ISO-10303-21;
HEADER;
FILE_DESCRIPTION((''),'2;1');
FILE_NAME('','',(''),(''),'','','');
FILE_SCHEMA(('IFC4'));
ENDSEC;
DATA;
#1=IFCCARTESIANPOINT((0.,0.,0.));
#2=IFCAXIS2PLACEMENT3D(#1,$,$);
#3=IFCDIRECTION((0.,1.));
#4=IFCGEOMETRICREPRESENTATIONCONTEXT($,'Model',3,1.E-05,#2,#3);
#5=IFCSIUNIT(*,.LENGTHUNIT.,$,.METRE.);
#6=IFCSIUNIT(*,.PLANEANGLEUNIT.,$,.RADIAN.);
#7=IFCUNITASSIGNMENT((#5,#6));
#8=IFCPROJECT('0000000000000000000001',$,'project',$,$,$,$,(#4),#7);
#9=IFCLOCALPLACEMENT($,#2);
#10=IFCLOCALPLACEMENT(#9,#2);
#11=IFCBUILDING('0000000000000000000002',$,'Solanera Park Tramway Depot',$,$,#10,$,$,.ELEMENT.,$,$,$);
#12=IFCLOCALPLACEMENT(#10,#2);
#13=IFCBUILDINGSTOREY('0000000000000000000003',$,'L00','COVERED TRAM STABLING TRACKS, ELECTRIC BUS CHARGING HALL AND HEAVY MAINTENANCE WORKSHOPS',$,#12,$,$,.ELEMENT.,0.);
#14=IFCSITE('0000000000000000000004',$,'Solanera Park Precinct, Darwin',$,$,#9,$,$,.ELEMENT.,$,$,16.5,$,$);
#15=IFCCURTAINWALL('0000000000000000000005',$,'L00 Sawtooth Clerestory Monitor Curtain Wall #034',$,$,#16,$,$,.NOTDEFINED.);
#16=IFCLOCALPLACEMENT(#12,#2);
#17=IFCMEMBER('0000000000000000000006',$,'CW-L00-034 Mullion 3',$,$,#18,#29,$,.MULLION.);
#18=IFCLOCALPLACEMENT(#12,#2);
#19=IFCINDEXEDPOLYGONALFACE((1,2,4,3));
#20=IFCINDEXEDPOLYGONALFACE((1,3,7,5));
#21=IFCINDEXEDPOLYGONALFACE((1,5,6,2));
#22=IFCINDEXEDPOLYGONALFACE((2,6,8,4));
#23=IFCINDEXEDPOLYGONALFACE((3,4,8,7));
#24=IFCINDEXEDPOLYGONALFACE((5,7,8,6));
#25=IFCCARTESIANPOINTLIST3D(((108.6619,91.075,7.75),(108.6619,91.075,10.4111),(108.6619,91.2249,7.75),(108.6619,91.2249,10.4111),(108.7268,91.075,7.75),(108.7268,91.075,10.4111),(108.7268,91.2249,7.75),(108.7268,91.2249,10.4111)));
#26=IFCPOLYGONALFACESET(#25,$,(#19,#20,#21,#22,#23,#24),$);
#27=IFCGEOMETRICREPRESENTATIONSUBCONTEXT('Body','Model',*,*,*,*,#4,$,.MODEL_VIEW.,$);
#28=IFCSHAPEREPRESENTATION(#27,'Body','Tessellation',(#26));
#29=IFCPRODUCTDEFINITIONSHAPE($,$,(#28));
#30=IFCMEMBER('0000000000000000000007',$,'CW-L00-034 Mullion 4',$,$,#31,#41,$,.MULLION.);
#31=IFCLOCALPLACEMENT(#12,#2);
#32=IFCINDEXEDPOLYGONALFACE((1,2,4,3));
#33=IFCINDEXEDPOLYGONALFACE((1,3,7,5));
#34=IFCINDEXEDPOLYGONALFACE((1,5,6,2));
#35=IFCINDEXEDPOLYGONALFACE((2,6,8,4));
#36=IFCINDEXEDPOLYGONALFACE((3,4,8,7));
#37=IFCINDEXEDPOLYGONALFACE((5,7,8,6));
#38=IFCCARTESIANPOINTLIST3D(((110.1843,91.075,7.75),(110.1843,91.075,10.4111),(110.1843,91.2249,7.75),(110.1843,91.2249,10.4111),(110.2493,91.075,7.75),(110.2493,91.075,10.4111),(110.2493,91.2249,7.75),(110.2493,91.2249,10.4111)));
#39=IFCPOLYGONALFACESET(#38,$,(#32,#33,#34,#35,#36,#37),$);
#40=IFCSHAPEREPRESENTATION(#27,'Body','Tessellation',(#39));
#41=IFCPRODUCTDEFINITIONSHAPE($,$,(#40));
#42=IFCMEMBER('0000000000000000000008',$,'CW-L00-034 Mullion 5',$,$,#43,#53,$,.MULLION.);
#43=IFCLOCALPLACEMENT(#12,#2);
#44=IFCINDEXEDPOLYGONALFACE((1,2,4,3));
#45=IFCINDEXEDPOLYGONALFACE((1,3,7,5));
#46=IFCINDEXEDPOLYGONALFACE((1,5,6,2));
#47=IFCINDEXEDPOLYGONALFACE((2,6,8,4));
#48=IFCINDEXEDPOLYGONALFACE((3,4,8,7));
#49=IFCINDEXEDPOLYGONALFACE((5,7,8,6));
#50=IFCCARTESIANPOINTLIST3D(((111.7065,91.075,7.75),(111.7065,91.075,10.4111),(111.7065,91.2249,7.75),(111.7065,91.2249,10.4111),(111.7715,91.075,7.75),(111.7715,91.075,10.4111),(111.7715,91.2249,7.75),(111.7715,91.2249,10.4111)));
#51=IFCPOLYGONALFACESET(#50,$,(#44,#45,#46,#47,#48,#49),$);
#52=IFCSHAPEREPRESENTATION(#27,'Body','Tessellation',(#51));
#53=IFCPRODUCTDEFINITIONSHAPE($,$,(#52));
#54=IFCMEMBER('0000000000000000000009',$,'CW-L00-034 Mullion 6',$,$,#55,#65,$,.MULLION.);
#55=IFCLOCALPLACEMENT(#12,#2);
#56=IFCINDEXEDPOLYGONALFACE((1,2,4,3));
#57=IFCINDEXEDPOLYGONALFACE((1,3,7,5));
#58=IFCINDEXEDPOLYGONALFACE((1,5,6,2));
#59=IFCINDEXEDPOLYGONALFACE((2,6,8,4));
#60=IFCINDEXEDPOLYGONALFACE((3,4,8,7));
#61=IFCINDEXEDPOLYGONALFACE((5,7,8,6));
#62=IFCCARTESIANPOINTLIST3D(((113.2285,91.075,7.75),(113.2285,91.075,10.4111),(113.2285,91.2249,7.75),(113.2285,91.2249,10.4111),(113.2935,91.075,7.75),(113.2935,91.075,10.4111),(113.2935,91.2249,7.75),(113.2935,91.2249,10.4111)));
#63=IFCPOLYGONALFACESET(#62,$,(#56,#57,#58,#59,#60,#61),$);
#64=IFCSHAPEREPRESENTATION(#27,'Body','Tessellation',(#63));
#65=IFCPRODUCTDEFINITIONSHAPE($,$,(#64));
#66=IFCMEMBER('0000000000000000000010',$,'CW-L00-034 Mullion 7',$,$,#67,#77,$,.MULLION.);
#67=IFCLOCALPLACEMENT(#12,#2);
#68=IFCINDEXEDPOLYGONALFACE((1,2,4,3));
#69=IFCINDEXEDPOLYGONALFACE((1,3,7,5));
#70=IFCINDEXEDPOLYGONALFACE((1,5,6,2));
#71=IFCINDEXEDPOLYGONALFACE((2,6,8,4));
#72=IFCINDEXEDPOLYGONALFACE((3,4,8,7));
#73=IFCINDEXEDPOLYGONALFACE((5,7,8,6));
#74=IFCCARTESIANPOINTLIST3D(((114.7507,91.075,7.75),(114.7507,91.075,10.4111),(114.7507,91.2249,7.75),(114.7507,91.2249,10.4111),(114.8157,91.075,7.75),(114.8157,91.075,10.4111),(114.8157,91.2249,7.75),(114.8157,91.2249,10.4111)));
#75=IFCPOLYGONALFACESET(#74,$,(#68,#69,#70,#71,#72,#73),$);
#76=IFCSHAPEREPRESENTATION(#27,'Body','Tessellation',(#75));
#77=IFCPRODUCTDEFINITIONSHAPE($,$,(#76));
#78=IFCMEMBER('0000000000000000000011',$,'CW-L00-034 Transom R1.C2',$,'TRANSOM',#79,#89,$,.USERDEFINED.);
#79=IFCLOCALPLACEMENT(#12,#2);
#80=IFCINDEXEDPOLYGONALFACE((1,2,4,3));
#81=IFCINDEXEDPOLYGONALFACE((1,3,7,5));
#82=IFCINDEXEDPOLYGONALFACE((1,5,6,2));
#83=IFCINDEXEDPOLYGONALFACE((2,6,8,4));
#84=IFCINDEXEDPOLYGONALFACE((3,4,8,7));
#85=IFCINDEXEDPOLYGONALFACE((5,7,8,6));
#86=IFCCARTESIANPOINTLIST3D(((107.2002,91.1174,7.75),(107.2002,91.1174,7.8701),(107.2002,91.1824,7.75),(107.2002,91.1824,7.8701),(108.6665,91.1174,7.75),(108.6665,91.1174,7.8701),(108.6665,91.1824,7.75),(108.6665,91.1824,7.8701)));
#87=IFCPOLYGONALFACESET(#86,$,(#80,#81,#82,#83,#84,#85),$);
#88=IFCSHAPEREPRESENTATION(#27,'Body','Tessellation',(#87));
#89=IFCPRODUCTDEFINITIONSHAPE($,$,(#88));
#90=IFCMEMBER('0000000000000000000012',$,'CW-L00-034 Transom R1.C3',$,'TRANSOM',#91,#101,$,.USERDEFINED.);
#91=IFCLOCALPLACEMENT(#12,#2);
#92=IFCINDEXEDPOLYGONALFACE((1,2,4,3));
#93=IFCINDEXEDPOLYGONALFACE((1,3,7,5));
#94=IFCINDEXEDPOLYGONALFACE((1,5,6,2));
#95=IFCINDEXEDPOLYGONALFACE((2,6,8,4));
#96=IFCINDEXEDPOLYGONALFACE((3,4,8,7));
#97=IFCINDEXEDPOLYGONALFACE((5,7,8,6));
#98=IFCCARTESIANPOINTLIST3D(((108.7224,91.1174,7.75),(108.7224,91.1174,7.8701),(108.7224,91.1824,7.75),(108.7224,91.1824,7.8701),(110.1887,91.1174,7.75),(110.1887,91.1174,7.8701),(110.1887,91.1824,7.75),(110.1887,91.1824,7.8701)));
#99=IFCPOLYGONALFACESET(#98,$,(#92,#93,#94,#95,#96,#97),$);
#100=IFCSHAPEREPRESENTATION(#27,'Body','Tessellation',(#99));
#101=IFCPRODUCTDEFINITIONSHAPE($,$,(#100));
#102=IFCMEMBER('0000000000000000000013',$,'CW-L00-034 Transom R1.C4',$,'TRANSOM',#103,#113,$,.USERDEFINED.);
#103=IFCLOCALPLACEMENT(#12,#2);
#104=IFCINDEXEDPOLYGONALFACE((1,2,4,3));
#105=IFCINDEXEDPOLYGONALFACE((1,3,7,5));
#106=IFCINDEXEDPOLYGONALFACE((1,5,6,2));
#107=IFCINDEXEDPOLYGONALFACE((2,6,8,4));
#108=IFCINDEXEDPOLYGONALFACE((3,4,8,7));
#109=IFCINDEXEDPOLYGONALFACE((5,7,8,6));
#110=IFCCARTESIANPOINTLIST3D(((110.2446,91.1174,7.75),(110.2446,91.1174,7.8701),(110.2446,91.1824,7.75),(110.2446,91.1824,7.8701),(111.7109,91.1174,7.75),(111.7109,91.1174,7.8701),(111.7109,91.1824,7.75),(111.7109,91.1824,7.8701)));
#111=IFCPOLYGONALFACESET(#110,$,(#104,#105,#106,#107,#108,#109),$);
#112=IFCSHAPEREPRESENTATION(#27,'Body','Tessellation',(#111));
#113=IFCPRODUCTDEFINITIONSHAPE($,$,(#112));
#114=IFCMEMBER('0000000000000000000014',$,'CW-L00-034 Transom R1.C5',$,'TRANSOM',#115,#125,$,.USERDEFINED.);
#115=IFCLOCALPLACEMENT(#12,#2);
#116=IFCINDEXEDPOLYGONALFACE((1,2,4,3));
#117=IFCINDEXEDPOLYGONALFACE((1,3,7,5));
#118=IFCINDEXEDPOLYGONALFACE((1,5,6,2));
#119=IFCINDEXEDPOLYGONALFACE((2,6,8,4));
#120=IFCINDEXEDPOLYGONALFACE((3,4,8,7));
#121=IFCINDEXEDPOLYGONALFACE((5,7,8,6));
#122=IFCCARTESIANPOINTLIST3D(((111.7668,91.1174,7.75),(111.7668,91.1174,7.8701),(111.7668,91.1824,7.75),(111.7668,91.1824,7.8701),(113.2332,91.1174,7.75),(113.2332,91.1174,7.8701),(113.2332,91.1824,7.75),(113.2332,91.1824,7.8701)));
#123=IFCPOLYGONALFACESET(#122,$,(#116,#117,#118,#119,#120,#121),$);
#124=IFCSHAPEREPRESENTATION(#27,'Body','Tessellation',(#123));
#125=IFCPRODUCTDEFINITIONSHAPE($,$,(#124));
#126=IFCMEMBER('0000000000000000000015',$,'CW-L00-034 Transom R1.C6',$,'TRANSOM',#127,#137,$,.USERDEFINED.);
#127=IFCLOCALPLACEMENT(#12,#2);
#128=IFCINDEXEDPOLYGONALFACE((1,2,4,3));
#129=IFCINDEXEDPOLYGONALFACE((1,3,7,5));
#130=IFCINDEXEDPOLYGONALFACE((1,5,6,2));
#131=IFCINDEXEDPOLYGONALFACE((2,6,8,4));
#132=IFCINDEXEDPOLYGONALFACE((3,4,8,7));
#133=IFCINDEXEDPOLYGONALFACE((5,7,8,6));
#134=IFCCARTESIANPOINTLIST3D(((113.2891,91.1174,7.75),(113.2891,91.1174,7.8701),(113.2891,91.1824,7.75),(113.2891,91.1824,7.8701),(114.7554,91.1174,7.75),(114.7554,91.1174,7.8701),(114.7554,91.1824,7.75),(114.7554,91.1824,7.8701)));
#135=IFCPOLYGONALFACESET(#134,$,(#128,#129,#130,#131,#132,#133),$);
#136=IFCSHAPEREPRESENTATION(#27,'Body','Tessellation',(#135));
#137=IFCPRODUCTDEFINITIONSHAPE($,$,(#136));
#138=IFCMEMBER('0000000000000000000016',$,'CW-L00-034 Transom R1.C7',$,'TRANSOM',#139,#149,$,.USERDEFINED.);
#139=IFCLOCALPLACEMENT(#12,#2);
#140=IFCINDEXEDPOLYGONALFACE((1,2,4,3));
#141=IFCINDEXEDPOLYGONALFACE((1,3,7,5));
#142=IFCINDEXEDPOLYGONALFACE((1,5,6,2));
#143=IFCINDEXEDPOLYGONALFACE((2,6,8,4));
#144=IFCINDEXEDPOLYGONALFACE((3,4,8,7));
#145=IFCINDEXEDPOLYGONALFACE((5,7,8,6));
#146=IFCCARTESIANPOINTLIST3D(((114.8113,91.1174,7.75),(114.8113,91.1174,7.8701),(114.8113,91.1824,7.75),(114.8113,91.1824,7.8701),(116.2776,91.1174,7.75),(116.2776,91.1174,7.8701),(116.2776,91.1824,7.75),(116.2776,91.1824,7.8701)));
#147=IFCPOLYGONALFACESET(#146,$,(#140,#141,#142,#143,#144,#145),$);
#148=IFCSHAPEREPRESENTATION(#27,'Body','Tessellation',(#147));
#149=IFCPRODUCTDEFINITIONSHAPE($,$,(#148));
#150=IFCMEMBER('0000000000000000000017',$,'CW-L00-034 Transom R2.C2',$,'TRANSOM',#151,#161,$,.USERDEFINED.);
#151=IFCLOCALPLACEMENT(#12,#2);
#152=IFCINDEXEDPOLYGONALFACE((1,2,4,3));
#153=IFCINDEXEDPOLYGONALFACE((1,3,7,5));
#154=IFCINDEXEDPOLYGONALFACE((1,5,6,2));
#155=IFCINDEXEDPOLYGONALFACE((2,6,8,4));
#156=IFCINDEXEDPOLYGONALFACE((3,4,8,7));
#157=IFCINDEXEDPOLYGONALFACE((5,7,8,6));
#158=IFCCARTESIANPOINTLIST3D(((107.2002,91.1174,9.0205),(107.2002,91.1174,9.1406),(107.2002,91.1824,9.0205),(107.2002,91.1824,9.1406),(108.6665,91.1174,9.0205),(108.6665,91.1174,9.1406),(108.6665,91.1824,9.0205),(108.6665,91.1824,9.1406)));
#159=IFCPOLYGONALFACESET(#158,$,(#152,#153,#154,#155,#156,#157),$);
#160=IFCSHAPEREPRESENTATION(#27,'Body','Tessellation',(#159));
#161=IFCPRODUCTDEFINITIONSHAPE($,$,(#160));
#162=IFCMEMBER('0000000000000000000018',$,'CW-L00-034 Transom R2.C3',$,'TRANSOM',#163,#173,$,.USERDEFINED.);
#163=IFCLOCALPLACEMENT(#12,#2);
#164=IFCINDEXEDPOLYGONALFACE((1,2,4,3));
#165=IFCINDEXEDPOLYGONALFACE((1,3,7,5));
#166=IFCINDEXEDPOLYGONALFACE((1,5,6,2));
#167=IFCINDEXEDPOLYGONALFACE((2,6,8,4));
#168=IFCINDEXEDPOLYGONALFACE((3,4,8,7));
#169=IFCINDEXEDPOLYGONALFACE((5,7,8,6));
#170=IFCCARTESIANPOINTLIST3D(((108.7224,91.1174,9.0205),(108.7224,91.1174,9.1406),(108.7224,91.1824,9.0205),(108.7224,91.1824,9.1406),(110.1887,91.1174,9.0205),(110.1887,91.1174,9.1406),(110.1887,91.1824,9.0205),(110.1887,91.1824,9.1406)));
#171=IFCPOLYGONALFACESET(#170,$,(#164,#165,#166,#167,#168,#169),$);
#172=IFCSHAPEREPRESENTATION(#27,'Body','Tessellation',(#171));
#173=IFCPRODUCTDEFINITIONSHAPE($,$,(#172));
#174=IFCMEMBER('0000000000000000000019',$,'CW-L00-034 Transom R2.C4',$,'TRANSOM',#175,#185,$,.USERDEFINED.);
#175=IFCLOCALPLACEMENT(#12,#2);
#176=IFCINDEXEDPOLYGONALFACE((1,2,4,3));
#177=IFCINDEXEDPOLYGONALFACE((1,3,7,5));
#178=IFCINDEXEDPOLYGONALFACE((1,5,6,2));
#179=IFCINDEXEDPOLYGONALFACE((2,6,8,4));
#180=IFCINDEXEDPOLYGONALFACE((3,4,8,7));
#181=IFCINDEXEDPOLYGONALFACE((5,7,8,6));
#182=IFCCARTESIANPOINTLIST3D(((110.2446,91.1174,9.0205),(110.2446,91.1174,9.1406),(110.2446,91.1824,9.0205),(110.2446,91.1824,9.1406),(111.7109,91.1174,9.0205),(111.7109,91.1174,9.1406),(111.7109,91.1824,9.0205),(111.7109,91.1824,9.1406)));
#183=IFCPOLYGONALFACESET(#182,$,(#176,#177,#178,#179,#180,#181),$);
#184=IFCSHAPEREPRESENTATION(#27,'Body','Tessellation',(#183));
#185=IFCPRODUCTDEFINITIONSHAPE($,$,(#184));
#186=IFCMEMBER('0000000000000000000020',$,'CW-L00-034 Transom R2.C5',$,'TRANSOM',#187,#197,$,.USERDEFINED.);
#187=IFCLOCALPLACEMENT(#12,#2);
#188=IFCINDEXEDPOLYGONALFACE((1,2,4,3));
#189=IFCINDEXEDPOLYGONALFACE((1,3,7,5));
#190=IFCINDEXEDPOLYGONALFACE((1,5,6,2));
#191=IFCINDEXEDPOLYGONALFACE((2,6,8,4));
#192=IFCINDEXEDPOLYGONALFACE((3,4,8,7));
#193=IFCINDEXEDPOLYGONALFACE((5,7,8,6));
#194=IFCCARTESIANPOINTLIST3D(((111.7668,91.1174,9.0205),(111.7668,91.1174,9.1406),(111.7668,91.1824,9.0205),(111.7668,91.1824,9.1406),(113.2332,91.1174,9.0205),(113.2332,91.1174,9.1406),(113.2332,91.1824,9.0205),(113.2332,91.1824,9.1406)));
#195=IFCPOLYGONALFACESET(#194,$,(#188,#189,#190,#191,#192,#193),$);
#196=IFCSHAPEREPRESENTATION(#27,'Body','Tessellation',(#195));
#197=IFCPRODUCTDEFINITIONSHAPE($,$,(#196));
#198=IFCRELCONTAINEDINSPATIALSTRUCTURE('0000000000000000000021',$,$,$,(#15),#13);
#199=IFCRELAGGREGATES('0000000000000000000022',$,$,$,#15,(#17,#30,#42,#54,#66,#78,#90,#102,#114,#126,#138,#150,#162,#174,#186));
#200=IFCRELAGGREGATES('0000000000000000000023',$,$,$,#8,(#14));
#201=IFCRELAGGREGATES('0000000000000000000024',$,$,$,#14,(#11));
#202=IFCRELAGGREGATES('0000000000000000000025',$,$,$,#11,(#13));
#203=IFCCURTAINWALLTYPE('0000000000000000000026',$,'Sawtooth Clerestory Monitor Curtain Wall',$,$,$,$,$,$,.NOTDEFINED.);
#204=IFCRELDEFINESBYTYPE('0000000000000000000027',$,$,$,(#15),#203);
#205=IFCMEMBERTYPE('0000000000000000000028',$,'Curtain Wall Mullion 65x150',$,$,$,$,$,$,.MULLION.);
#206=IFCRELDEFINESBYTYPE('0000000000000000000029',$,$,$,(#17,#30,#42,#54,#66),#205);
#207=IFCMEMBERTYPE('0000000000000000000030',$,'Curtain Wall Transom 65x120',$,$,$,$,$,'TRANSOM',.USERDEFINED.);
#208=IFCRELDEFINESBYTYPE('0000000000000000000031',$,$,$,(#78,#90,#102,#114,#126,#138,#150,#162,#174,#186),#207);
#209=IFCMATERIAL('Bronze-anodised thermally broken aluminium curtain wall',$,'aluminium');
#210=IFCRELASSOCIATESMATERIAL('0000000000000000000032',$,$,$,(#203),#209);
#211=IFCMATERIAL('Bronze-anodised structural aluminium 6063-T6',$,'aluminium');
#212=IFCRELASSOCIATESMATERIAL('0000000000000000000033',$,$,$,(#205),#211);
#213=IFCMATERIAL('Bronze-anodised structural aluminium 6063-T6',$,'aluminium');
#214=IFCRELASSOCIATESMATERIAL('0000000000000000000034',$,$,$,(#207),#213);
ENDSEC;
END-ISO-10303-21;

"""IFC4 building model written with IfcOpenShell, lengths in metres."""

from ifc_helpers import new_model, si_unit, direction, frame, origin, origin_2d, place, context, subcontext, project, spatial, rectangle, extrude, material, material_profile, profile_set, type_object, element, aggregate, save


model = new_model("IFC4")

# Units and contexts
model_context = context("Model", 3, precision=1e-05, world=origin(), true_north=direction((0.0, 1.0)))
body_context = subcontext(model_context, "Body", "Model", "MODEL_VIEW")
ifc_project = project(units=[si_unit("LENGTHUNIT", "METRE"), si_unit("PLANEANGLEUNIT", "RADIAN")], contexts=[model_context])

# Site, building, storey
site_placement = place(None, origin())
site = spatial("IfcSite", under=ifc_project, at=site_placement, Name="Solanera Park Precinct, Darwin", CompositionType="ELEMENT", RefElevation=16.5)
building_placement = place(site_placement, origin())
building = spatial("IfcBuilding", under=site, at=building_placement, Name="Solanera Park Tramway Depot", CompositionType="ELEMENT")
storey_placement = place(building_placement, origin())
storey = spatial("IfcBuildingStorey", under=building, at=storey_placement, Name="L00", Description="COVERED TRAM STABLING TRACKS, ELECTRIC BUS CHARGING HALL AND HEAVY MAINTENANCE WORKSHOPS", CompositionType="ELEMENT", Elevation=0.0)

# Curtain wall, members
ifc_material_1 = material(Name="Bronze-anodised thermally broken aluminium curtain wall", Category="aluminium")
curtain_wall_type = type_object("IfcCurtainWallType", Name="Sawtooth Clerestory Monitor Curtain Wall", PredefinedType="NOTDEFINED", material=ifc_material_1)
curtain_wall_placement = place(storey_placement, origin())
curtain_wall = element("IfcCurtainWall", 1, at=curtain_wall_placement, inside=storey, type_object=curtain_wall_type, Name="L00 Sawtooth Clerestory Monitor Curtain Wall #034", PredefinedType="NOTDEFINED")
ifc_material_2 = material(Name="Bronze-anodised structural aluminium 6063-T6", Category="aluminium")
ifc_material_profile_1 = material_profile(ifc_material_2, rectangle(XDim=0.0649, YDim=0.1499, at=origin_2d()), Name="Curtain Wall Mullion 65x150")
ifc_profile_set_1 = profile_set([ifc_material_profile_1], Name="Bronze-anodised structural aluminium 6063-T6")
member_type_1 = type_object("IfcMemberType", Name="Curtain Wall Mullion 65x150", PredefinedType="MULLION", material=ifc_profile_set_1)
member_1_placement = place(storey_placement, frame((108.6943, 91.1499, 7.75), z_axis=(0.0, 0.0, 1.0), x_axis=(1.0, 0.0, 0.0)))
member_1 = element("IfcMember", 2, at=member_1_placement, type_object=member_type_1, Name="CW-L00-034 Mullion 3", PredefinedType="MULLION", context=body_context, shape_type="SweptSolid", body=[
    extrude(rectangle(XDim=0.0649, YDim=0.1499, at=origin_2d()), origin(), (0.0, 0.0, 1.0), 2.6611),
])
member_2_placement = place(storey_placement, frame((110.2168, 91.1499, 7.75), z_axis=(0.0, 0.0, 1.0), x_axis=(1.0, 0.0, 0.0)))
member_2 = element("IfcMember", 3, at=member_2_placement, type_object=member_type_1, Name="CW-L00-034 Mullion 4", PredefinedType="MULLION", context=body_context, shape_type="SweptSolid", body=[
    extrude(rectangle(XDim=0.0649, YDim=0.1499, at=origin_2d()), origin(), (0.0, 0.0, 1.0), 2.6611),
])
member_3_placement = place(storey_placement, frame((111.739, 91.1499, 7.75), z_axis=(0.0, 0.0, 1.0), x_axis=(1.0, 0.0, 0.0)))
member_3 = element("IfcMember", 4, at=member_3_placement, type_object=member_type_1, Name="CW-L00-034 Mullion 5", PredefinedType="MULLION", context=body_context, shape_type="SweptSolid", body=[
    extrude(rectangle(XDim=0.0649, YDim=0.1499, at=origin_2d()), origin(), (0.0, 0.0, 1.0), 2.6611),
])
member_4_placement = place(storey_placement, frame((113.261, 91.1499, 7.75), z_axis=(0.0, 0.0, 1.0), x_axis=(1.0, 0.0, 0.0)))
member_4 = element("IfcMember", 5, at=member_4_placement, type_object=member_type_1, Name="CW-L00-034 Mullion 6", PredefinedType="MULLION", context=body_context, shape_type="SweptSolid", body=[
    extrude(rectangle(XDim=0.0649, YDim=0.1499, at=origin_2d()), origin(), (0.0, 0.0, 1.0), 2.6611),
])
member_5_placement = place(storey_placement, frame((114.7832, 91.1499, 7.75), z_axis=(0.0, 0.0, 1.0), x_axis=(1.0, 0.0, 0.0)))
member_5 = element("IfcMember", 6, at=member_5_placement, type_object=member_type_1, Name="CW-L00-034 Mullion 7", PredefinedType="MULLION", context=body_context, shape_type="SweptSolid", body=[
    extrude(rectangle(XDim=0.0649, YDim=0.1499, at=origin_2d()), origin(), (0.0, 0.0, 1.0), 2.6611),
])
ifc_material_3 = material(Name="Bronze-anodised structural aluminium 6063-T6", Category="aluminium")
ifc_material_profile_2 = material_profile(ifc_material_3, rectangle(XDim=0.0649, YDim=0.1201, at=origin_2d()), Name="Curtain Wall Transom 65x120")
ifc_profile_set_2 = profile_set([ifc_material_profile_2], Name="Bronze-anodised structural aluminium 6063-T6")
member_type_2 = type_object("IfcMemberType", Name="Curtain Wall Transom 65x120", ElementType="TRANSOM", PredefinedType="USERDEFINED", material=ifc_profile_set_2)
member_6_placement = place(storey_placement, frame((107.2002, 91.1499, 7.8101), z_axis=(1.0, 0.0, 0.0), x_axis=(0.0, 1.0, 0.0)))
member_6 = element("IfcMember", 7, at=member_6_placement, type_object=member_type_2, Name="CW-L00-034 Transom R1.C2", ObjectType="TRANSOM", PredefinedType="USERDEFINED", context=body_context, shape_type="SweptSolid", body=[
    extrude(rectangle(XDim=0.0649, YDim=0.1201, at=origin_2d()), origin(), (0.0, 0.0, 1.0), 1.4663),
])
member_7_placement = place(storey_placement, frame((108.7224, 91.1499, 7.8101), z_axis=(1.0, 0.0, 0.0), x_axis=(0.0, 1.0, 0.0)))
member_7 = element("IfcMember", 8, at=member_7_placement, type_object=member_type_2, Name="CW-L00-034 Transom R1.C3", ObjectType="TRANSOM", PredefinedType="USERDEFINED", context=body_context, shape_type="SweptSolid", body=[
    extrude(rectangle(XDim=0.0649, YDim=0.1201, at=origin_2d()), origin(), (0.0, 0.0, 1.0), 1.4663),
])
member_8_placement = place(storey_placement, frame((110.2446, 91.1499, 7.8101), z_axis=(1.0, 0.0, 0.0), x_axis=(0.0, 1.0, 0.0)))
member_8 = element("IfcMember", 9, at=member_8_placement, type_object=member_type_2, Name="CW-L00-034 Transom R1.C4", ObjectType="TRANSOM", PredefinedType="USERDEFINED", context=body_context, shape_type="SweptSolid", body=[
    extrude(rectangle(XDim=0.0649, YDim=0.1201, at=origin_2d()), origin(), (0.0, 0.0, 1.0), 1.4663),
])
member_9_placement = place(storey_placement, frame((111.7668, 91.1499, 7.8101), z_axis=(1.0, 0.0, 0.0), x_axis=(0.0, 1.0, 0.0)))
member_9 = element("IfcMember", 10, at=member_9_placement, type_object=member_type_2, Name="CW-L00-034 Transom R1.C5", ObjectType="TRANSOM", PredefinedType="USERDEFINED", context=body_context, shape_type="SweptSolid", body=[
    extrude(rectangle(XDim=0.0649, YDim=0.1201, at=origin_2d()), origin(), (0.0, 0.0, 1.0), 1.4663),
])
member_10_placement = place(storey_placement, frame((113.2891, 91.1499, 7.8101), z_axis=(1.0, 0.0, 0.0), x_axis=(0.0, 1.0, 0.0)))
member_10 = element("IfcMember", 11, at=member_10_placement, type_object=member_type_2, Name="CW-L00-034 Transom R1.C6", ObjectType="TRANSOM", PredefinedType="USERDEFINED", context=body_context, shape_type="SweptSolid", body=[
    extrude(rectangle(XDim=0.0649, YDim=0.1201, at=origin_2d()), origin(), (0.0, 0.0, 1.0), 1.4663),
])
member_11_placement = place(storey_placement, frame((114.8113, 91.1499, 7.8101), z_axis=(1.0, 0.0, 0.0), x_axis=(0.0, 1.0, 0.0)))
member_11 = element("IfcMember", 12, at=member_11_placement, type_object=member_type_2, Name="CW-L00-034 Transom R1.C7", ObjectType="TRANSOM", PredefinedType="USERDEFINED", context=body_context, shape_type="SweptSolid", body=[
    extrude(rectangle(XDim=0.0649, YDim=0.1201, at=origin_2d()), origin(), (0.0, 0.0, 1.0), 1.4663),
])
member_12_placement = place(storey_placement, frame((107.2002, 91.1499, 9.0806), z_axis=(1.0, 0.0, 0.0), x_axis=(0.0, 1.0, 0.0)))
member_12 = element("IfcMember", 13, at=member_12_placement, type_object=member_type_2, Name="CW-L00-034 Transom R2.C2", ObjectType="TRANSOM", PredefinedType="USERDEFINED", context=body_context, shape_type="SweptSolid", body=[
    extrude(rectangle(XDim=0.0649, YDim=0.1201, at=origin_2d()), origin(), (0.0, 0.0, 1.0), 1.4663),
])
member_13_placement = place(storey_placement, frame((108.7224, 91.1499, 9.0806), z_axis=(1.0, 0.0, 0.0), x_axis=(0.0, 1.0, 0.0)))
member_13 = element("IfcMember", 14, at=member_13_placement, type_object=member_type_2, Name="CW-L00-034 Transom R2.C3", ObjectType="TRANSOM", PredefinedType="USERDEFINED", context=body_context, shape_type="SweptSolid", body=[
    extrude(rectangle(XDim=0.0649, YDim=0.1201, at=origin_2d()), origin(), (0.0, 0.0, 1.0), 1.4663),
])
member_14_placement = place(storey_placement, frame((110.2446, 91.1499, 9.0806), z_axis=(1.0, 0.0, 0.0), x_axis=(0.0, 1.0, 0.0)))
member_14 = element("IfcMember", 15, at=member_14_placement, type_object=member_type_2, Name="CW-L00-034 Transom R2.C4", ObjectType="TRANSOM", PredefinedType="USERDEFINED", context=body_context, shape_type="SweptSolid", body=[
    extrude(rectangle(XDim=0.0649, YDim=0.1201, at=origin_2d()), origin(), (0.0, 0.0, 1.0), 1.4663),
])
member_15_placement = place(storey_placement, frame((111.7668, 91.1499, 9.0806), z_axis=(1.0, 0.0, 0.0), x_axis=(0.0, 1.0, 0.0)))
member_15 = element("IfcMember", 16, at=member_15_placement, type_object=member_type_2, Name="CW-L00-034 Transom R2.C5", ObjectType="TRANSOM", PredefinedType="USERDEFINED", context=body_context, shape_type="SweptSolid", body=[
    extrude(rectangle(XDim=0.0649, YDim=0.1201, at=origin_2d()), origin(), (0.0, 0.0, 1.0), 1.4663),
])
aggregate(curtain_wall, [member_1, member_2, member_3, member_4, member_5, member_6, member_7, member_8, member_9, member_10, member_11, member_12, member_13, member_14, member_15])

save(model, "model.ifc")
